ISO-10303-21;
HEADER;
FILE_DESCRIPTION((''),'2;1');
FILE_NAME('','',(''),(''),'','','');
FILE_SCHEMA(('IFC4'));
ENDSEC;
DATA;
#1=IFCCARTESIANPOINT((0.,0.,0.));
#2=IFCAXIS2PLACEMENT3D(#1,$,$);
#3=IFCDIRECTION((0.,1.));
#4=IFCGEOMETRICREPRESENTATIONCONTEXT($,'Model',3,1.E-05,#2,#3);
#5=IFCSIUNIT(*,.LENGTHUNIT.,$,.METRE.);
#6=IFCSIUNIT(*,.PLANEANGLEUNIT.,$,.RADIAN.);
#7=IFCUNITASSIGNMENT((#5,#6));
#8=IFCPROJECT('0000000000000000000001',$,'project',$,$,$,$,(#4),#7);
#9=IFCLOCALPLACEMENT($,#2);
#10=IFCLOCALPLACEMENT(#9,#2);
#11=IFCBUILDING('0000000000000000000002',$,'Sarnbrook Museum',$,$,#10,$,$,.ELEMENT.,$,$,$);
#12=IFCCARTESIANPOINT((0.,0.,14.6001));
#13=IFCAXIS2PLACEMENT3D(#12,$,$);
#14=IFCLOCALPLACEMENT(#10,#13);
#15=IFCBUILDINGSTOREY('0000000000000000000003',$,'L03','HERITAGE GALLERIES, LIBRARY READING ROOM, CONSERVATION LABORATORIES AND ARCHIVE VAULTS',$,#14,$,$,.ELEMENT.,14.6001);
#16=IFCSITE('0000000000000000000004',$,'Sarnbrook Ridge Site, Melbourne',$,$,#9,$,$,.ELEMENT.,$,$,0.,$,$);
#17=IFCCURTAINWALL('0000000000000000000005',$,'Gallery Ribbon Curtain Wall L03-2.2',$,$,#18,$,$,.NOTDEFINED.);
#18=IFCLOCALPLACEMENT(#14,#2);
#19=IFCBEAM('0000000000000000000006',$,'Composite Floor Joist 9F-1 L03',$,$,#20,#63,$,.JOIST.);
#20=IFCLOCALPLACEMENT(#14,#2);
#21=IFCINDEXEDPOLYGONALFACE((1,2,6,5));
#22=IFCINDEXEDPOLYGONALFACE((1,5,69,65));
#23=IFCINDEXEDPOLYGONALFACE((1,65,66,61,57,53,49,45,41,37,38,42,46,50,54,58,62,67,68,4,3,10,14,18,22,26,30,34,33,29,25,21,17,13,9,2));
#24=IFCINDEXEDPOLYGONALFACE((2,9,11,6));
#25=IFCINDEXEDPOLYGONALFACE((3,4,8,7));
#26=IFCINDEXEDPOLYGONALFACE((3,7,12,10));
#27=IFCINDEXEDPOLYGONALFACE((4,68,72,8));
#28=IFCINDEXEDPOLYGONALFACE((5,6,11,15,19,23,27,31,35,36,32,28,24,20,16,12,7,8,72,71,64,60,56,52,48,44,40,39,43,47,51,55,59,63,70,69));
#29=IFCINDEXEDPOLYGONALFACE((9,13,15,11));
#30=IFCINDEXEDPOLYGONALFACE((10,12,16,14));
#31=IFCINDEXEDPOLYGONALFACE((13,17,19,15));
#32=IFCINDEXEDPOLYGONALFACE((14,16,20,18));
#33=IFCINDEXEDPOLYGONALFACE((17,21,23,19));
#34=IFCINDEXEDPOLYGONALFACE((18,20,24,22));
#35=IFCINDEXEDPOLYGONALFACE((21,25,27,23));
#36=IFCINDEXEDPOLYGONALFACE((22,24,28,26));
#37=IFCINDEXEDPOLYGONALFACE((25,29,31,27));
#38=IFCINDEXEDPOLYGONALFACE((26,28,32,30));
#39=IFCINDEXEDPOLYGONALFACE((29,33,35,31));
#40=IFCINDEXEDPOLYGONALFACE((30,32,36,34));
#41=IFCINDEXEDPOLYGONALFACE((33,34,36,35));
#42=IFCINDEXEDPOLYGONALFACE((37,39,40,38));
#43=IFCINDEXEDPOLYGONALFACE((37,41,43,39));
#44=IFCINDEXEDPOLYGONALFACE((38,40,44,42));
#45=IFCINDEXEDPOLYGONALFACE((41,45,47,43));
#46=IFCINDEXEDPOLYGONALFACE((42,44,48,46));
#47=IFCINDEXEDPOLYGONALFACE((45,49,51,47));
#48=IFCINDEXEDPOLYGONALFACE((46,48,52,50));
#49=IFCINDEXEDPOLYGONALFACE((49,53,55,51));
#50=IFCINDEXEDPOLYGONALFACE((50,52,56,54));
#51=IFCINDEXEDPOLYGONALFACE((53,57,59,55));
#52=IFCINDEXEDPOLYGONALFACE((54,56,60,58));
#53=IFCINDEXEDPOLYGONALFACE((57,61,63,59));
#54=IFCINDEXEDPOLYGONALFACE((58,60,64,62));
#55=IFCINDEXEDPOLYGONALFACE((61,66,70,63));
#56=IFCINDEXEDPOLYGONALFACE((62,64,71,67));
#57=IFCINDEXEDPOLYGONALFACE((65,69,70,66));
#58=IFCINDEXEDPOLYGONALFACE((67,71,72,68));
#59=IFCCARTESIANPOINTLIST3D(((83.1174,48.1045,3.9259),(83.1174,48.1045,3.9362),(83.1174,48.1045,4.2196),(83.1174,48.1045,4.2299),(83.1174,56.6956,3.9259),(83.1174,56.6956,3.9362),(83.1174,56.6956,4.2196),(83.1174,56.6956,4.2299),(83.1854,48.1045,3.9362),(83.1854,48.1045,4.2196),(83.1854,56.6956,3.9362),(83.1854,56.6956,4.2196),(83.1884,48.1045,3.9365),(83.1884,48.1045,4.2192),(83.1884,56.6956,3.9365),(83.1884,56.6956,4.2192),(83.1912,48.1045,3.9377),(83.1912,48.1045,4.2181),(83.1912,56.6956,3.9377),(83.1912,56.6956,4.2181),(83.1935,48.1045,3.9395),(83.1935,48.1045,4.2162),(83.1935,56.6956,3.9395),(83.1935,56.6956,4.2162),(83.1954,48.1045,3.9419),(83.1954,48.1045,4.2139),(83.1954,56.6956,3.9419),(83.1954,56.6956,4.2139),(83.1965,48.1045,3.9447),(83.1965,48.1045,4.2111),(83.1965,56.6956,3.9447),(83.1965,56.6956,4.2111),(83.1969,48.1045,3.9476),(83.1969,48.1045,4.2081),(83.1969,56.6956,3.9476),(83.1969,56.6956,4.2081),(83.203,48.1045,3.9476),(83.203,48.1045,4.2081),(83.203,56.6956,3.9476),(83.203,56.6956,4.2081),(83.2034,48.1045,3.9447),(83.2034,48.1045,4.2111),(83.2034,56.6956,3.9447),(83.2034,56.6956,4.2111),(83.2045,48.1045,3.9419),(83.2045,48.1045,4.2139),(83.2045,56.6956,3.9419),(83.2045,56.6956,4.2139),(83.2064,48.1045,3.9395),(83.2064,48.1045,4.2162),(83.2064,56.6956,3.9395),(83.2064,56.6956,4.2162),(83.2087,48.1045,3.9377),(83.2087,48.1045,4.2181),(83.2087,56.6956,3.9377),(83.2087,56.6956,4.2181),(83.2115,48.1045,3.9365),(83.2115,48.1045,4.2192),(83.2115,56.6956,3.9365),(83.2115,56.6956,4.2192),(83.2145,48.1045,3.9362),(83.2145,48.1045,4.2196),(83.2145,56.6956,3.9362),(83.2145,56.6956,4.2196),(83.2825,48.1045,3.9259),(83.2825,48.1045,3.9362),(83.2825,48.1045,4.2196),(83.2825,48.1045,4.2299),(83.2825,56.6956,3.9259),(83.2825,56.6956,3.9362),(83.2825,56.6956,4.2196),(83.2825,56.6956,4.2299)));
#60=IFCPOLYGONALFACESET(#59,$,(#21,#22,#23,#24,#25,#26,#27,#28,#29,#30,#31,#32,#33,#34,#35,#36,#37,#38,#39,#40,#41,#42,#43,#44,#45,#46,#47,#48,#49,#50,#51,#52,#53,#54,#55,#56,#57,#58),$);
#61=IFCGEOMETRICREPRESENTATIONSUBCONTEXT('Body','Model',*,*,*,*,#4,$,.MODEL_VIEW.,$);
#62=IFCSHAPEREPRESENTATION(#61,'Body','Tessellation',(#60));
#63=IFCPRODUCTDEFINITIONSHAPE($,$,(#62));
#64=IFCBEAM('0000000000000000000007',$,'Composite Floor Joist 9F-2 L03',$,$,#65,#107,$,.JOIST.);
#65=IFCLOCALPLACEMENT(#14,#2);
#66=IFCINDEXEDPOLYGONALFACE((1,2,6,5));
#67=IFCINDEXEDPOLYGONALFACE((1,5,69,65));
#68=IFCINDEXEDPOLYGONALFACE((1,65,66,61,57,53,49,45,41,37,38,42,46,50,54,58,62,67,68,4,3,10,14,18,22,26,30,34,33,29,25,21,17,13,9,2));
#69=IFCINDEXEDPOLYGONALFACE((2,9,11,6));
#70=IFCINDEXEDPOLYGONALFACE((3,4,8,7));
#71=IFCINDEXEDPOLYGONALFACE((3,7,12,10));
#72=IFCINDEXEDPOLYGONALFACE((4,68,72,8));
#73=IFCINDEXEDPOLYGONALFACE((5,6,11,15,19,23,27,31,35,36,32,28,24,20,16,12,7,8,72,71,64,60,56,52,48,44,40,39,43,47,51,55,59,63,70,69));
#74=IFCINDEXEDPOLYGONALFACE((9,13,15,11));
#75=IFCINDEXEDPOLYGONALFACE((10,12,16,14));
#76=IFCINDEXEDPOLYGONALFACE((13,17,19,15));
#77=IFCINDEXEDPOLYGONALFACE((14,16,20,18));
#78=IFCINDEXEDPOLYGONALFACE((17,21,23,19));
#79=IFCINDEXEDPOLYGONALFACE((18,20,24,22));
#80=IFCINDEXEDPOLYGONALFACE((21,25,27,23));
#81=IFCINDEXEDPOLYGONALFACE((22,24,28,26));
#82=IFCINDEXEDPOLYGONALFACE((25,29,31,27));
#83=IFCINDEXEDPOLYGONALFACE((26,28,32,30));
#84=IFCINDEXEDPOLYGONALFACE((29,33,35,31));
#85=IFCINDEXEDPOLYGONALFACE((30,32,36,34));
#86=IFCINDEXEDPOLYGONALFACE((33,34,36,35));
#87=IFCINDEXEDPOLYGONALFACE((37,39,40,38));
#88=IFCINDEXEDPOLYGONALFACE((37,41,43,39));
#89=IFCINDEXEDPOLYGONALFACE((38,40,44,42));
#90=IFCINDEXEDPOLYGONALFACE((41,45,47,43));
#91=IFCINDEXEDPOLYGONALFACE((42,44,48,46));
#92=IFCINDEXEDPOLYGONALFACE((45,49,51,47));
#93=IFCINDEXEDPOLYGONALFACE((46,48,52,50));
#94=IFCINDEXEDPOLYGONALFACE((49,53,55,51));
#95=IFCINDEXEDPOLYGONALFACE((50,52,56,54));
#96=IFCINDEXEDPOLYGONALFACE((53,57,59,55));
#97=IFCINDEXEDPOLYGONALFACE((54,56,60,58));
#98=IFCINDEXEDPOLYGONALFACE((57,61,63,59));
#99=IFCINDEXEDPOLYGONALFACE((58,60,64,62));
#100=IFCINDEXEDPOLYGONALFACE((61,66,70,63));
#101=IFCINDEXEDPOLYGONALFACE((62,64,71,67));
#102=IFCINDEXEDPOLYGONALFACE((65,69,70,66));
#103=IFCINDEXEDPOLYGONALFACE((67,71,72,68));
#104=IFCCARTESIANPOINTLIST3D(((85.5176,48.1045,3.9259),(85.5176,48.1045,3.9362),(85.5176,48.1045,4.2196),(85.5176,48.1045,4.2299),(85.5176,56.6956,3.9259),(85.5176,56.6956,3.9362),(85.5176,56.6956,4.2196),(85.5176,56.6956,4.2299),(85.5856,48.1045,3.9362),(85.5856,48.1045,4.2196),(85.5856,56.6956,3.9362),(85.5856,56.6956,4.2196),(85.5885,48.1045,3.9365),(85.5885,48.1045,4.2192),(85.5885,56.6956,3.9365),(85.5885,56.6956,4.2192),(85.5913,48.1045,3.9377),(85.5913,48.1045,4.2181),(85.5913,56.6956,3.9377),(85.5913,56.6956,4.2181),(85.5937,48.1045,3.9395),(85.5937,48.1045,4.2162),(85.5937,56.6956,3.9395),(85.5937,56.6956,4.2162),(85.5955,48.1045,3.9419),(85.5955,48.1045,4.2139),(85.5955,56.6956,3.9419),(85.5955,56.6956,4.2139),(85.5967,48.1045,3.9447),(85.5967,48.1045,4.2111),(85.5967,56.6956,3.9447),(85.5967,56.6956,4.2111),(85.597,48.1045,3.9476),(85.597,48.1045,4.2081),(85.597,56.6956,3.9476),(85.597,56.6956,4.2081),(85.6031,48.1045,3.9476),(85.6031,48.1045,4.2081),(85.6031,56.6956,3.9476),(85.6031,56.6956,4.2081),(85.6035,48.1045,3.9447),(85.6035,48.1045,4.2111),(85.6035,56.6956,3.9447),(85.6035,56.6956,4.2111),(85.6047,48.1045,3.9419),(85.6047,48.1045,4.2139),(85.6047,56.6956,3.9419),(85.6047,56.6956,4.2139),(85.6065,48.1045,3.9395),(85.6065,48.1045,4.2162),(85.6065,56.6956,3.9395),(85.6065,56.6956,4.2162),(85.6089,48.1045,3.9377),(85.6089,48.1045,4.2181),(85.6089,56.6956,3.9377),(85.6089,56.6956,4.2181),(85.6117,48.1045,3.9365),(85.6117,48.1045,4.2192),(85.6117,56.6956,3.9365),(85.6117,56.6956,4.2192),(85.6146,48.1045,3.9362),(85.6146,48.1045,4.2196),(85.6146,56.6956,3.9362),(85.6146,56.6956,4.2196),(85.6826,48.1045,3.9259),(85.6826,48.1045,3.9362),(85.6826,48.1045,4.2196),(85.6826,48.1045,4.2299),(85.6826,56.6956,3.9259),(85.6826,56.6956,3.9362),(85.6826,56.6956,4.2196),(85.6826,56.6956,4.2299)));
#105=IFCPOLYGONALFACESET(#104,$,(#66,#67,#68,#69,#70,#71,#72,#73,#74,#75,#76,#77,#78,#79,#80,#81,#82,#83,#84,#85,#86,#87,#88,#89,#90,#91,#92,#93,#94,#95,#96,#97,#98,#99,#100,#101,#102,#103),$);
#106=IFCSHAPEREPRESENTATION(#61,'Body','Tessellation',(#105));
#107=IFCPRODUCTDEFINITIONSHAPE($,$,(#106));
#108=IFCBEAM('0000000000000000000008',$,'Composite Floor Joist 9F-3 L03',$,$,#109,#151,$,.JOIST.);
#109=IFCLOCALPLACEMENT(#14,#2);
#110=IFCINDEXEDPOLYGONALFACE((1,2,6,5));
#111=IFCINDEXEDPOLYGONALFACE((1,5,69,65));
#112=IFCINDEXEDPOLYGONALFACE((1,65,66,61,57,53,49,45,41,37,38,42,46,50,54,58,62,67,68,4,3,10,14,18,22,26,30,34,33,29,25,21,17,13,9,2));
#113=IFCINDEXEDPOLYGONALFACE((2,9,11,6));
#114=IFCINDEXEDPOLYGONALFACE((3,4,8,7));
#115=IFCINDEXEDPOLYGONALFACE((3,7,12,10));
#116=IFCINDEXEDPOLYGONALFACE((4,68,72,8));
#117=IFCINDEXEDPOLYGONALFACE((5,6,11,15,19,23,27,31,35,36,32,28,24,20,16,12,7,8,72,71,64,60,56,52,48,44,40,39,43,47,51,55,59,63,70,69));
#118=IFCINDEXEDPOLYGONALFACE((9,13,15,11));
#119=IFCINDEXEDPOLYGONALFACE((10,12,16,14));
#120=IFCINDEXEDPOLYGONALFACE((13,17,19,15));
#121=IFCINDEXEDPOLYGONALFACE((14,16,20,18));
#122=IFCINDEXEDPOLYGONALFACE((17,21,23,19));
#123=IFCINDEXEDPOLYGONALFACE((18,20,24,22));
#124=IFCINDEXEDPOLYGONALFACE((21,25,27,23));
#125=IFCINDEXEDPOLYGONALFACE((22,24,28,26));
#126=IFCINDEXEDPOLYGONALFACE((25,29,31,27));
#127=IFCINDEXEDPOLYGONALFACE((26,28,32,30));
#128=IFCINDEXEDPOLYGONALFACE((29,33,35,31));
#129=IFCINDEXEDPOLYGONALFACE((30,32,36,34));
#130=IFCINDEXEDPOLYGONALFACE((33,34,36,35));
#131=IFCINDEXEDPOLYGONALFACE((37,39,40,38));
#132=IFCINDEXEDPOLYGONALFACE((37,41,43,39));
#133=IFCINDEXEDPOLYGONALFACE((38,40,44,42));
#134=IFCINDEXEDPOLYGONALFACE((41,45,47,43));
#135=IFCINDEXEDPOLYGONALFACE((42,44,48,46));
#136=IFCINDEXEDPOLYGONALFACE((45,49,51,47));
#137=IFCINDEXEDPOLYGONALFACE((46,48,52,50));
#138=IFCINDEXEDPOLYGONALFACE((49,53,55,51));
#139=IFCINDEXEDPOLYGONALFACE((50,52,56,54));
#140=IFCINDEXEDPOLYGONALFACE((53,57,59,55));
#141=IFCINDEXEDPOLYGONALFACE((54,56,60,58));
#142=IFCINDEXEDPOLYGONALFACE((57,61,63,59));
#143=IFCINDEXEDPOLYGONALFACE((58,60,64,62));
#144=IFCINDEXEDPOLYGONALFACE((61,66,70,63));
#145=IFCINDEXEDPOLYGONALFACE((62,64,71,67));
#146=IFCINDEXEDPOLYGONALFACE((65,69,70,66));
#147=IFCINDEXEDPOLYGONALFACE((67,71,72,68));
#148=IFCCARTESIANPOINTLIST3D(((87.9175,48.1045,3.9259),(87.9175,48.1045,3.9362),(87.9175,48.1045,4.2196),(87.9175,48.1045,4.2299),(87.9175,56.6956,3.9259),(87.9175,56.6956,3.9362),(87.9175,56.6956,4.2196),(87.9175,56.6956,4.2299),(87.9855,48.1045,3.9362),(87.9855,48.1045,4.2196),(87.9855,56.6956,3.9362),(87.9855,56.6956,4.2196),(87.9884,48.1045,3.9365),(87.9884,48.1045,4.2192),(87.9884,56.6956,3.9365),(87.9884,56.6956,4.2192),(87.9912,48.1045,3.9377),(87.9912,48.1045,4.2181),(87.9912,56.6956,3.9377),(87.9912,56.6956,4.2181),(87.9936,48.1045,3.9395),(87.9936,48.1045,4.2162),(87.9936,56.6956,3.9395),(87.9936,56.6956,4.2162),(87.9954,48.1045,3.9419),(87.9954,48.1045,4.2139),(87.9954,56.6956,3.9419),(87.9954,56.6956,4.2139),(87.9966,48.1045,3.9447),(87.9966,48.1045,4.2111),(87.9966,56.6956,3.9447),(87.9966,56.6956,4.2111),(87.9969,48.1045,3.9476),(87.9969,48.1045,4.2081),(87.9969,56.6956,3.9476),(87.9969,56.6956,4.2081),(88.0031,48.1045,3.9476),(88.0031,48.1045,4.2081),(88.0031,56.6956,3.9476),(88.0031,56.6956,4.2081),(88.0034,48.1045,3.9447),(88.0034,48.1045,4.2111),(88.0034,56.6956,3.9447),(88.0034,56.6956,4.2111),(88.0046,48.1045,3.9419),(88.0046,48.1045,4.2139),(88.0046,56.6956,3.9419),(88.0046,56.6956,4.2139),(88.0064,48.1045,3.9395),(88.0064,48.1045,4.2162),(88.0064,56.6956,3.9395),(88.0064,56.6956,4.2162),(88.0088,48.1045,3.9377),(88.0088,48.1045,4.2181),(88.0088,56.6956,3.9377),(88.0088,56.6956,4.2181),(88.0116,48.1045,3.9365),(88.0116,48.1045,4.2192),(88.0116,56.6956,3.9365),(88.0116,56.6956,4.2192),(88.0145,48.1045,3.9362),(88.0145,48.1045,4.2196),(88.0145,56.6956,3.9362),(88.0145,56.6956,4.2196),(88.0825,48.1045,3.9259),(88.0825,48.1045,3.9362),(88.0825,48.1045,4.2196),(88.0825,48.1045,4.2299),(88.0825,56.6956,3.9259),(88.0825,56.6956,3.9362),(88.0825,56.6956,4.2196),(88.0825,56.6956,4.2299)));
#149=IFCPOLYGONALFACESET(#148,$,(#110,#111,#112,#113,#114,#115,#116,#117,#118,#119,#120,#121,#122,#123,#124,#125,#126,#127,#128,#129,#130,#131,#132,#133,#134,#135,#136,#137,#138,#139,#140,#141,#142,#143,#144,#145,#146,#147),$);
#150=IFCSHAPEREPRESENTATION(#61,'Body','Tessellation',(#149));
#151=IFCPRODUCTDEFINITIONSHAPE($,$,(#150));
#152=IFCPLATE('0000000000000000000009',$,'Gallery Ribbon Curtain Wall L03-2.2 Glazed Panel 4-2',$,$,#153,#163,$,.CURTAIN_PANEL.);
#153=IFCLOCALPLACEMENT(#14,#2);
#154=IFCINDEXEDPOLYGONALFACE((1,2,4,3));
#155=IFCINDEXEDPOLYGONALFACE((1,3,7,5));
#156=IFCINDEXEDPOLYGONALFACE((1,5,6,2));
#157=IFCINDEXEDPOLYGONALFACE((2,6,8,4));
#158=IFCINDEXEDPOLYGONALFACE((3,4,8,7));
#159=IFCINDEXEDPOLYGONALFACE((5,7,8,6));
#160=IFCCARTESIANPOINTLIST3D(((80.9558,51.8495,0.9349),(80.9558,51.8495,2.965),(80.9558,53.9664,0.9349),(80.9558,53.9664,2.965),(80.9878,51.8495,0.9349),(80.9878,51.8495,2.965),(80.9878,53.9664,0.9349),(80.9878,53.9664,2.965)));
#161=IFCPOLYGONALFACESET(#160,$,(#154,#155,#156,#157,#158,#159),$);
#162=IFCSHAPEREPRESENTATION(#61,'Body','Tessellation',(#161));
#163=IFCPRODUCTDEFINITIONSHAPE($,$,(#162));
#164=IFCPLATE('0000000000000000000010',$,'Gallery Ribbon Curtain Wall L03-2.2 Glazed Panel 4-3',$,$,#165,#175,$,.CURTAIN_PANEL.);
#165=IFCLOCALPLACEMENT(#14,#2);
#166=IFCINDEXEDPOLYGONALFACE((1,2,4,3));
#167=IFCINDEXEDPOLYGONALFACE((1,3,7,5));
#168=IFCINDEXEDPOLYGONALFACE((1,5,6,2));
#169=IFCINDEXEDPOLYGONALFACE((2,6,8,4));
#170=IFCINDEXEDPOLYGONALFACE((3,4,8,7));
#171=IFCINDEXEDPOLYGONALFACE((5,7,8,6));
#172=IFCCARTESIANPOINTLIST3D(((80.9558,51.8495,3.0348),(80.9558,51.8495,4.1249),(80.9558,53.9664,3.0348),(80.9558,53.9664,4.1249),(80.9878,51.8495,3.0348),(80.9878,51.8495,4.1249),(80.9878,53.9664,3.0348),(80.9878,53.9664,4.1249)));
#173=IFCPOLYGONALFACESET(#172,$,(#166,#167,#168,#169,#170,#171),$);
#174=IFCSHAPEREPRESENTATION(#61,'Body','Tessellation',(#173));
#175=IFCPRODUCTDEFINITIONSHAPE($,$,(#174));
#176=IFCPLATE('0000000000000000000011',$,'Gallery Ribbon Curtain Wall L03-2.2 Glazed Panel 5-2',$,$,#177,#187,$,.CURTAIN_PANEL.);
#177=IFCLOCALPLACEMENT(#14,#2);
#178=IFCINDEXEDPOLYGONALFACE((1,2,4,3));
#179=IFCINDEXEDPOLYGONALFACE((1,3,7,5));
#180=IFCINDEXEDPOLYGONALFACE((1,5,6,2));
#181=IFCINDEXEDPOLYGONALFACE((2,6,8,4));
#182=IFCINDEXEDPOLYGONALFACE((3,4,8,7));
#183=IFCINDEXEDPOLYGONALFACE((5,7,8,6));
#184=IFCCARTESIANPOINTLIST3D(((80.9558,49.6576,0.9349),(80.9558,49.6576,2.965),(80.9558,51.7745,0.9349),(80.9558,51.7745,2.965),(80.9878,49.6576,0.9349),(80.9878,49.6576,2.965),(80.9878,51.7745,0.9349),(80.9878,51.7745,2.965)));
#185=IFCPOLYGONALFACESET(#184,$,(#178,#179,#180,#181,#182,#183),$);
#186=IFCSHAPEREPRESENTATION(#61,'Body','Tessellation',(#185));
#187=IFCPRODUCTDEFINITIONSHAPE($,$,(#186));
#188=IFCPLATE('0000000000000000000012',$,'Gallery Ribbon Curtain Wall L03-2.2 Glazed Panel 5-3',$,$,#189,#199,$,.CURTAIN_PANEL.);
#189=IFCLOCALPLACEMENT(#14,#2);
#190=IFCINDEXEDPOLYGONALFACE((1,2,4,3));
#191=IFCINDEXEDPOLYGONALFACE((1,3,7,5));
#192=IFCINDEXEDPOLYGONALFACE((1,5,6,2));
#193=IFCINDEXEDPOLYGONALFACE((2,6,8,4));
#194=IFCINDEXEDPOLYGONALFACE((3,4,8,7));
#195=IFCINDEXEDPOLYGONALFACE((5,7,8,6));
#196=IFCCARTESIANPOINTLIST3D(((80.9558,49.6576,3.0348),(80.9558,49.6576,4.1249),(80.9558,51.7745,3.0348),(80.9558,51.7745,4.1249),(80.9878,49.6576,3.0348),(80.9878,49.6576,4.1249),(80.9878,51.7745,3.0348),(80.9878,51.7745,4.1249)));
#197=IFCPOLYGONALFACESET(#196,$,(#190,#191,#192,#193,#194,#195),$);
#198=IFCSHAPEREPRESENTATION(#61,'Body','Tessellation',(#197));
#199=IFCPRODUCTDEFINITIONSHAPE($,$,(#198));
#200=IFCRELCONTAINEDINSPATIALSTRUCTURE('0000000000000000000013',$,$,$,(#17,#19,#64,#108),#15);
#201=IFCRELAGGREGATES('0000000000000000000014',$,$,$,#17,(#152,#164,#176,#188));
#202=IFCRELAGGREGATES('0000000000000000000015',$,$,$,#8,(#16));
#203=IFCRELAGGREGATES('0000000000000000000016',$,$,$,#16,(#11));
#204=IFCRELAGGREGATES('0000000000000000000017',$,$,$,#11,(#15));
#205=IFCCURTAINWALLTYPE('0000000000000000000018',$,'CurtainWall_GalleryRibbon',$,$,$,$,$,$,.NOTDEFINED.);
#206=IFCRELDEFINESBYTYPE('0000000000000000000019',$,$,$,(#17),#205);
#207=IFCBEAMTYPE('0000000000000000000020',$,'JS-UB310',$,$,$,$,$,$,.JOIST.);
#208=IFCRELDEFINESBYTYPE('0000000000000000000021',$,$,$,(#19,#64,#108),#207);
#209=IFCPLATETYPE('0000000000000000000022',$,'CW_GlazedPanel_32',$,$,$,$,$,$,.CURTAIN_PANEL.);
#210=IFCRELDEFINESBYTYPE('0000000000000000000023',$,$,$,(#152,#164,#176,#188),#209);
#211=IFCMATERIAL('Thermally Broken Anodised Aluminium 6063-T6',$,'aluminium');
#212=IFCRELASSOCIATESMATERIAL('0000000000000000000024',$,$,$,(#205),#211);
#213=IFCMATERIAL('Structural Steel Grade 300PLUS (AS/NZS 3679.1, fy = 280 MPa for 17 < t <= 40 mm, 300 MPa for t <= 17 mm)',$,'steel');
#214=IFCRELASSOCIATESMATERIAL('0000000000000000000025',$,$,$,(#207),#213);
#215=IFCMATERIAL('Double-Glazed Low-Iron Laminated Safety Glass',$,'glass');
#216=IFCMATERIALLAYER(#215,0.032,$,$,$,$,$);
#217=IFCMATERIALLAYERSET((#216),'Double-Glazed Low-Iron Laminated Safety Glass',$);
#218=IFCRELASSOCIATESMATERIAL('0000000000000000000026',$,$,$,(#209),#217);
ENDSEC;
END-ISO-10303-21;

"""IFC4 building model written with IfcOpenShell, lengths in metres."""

from ifc_helpers import new_model, si_unit, direction, frame, origin, origin_2d, place, context, subcontext, project, spatial, rectangle, i_section, extrude, material, layer, layer_set, material_profile, profile_set, type_object, element, aggregate, save


model = new_model("IFC4")

# Units and contexts
model_context = context("Model", 3, precision=1e-05, world=origin(), true_north=direction((0.0, 1.0)))
body_context = subcontext(model_context, "Body", "Model", "MODEL_VIEW")
ifc_project = project(units=[si_unit("LENGTHUNIT", "METRE"), si_unit("PLANEANGLEUNIT", "RADIAN")], contexts=[model_context])

# Site, building, storey
site_placement = place(None, origin())
site = spatial("IfcSite", under=ifc_project, at=site_placement, Name="Sarnbrook Ridge Site, Melbourne", CompositionType="ELEMENT", RefElevation=0.0)
building_placement = place(site_placement, origin())
building = spatial("IfcBuilding", under=site, at=building_placement, Name="Sarnbrook Museum", CompositionType="ELEMENT")
storey_placement = place(building_placement, frame((0.0, 0.0, 14.6001)))
storey = spatial("IfcBuildingStorey", under=building, at=storey_placement, Name="L03", Description="HERITAGE GALLERIES, LIBRARY READING ROOM, CONSERVATION LABORATORIES AND ARCHIVE VAULTS", CompositionType="ELEMENT", Elevation=14.6001)

# Shared definitions
ifc_material_1 = material(Name="Structural Steel Grade 300PLUS (AS/NZS 3679.1, fy = 280 MPa for 17 < t <= 40 mm, 300 MPa for t <= 17 mm)", Category="steel")

# Curtain wall
ifc_material_2 = material(Name="Thermally Broken Anodised Aluminium 6063-T6", Category="aluminium")
curtain_wall_type = type_object("IfcCurtainWallType", Name="CurtainWall_GalleryRibbon", PredefinedType="NOTDEFINED", material=ifc_material_2)
curtain_wall_placement = place(storey_placement, origin())
curtain_wall = element("IfcCurtainWall", 1, at=curtain_wall_placement, inside=storey, type_object=curtain_wall_type, Name="Gallery Ribbon Curtain Wall L03-2.2", PredefinedType="NOTDEFINED")

# Beams
ifc_material_profile_1 = material_profile(ifc_material_1, i_section(OverallWidth=0.165, OverallDepth=0.304, WebThickness=0.0061, FlangeThickness=0.0103, FilletRadius=0.0115, at=origin_2d()), Name="310UB40.4")
ifc_profile_set_1 = profile_set([ifc_material_profile_1], Name="Structural Steel Grade 300PLUS (AS/NZS 3679.1, fy = 280 MPa for 17 < t <= 40 mm, 300 MPa for t <= 17 mm)")
beam_type_1 = type_object("IfcBeamType", Name="JS-UB310", PredefinedType="JOIST", material=ifc_profile_set_1)
for number, where, z_axis, x_axis, name in (
    (2, (83.2, 48.1045, 4.0779), (0.0, 1.0, 0.0), (-1.0, 0.0, 0.0), "Composite Floor Joist 9F-1 L03"),
    (3, (85.6001, 48.1045, 4.0779), (0.0, 1.0, 0.0), (-1.0, 0.0, 0.0), "Composite Floor Joist 9F-2 L03"),
    (4, (88.0, 48.1045, 4.0779), (0.0, 1.0, 0.0), (-1.0, 0.0, 0.0), "Composite Floor Joist 9F-3 L03"),
):
    element("IfcBeam", number, at=place(storey_placement, frame(where, z_axis=z_axis, x_axis=x_axis)), inside=storey, type_object=beam_type_1, Name=name, PredefinedType="JOIST", context=body_context, shape_type="SweptSolid", body=[
        extrude(i_section(OverallWidth=0.165, OverallDepth=0.304, WebThickness=0.0061, FlangeThickness=0.0103, FilletRadius=0.0115, at=origin_2d()), origin(), (0.0, 0.0, 1.0), 8.5911),
    ])

# Plates
ifc_material_3 = material(Name="Double-Glazed Low-Iron Laminated Safety Glass", Category="glass")
ifc_layer_1 = layer(ifc_material_3, 0.032)
ifc_layer_set_1 = layer_set([ifc_layer_1], Name="Double-Glazed Low-Iron Laminated Safety Glass")
plate_type_1 = type_object("IfcPlateType", Name="CW_GlazedPanel_32", PredefinedType="CURTAIN_PANEL", material=ifc_layer_set_1)
plate_1_placement = place(storey_placement, frame((80.9878, 52.908, 1.95), z_axis=(-1.0, 0.0, 0.0), x_axis=(0.0, -1.0, 0.0)))
plate_1 = element("IfcPlate", 5, at=plate_1_placement, type_object=plate_type_1, Name="Gallery Ribbon Curtain Wall L03-2.2 Glazed Panel 4-2", PredefinedType="CURTAIN_PANEL", context=body_context, shape_type="SweptSolid", body=[
    extrude(rectangle(XDim=2.1169, YDim=2.03, at=origin_2d()), origin(), (0.0, 0.0, 1.0), 0.032),
])
plate_2_placement = place(storey_placement, frame((80.9878, 52.908, 3.5798), z_axis=(-1.0, 0.0, 0.0), x_axis=(0.0, -1.0, 0.0)))
plate_2 = element("IfcPlate", 6, at=plate_2_placement, type_object=plate_type_1, Name="Gallery Ribbon Curtain Wall L03-2.2 Glazed Panel 4-3", PredefinedType="CURTAIN_PANEL", context=body_context, shape_type="SweptSolid", body=[
    extrude(rectangle(XDim=2.1169, YDim=1.0901, at=origin_2d()), origin(), (0.0, 0.0, 1.0), 0.032),
])
plate_3_placement = place(storey_placement, frame((80.9878, 50.7161, 1.95), z_axis=(-1.0, 0.0, 0.0), x_axis=(0.0, -1.0, 0.0)))
plate_3 = element("IfcPlate", 7, at=plate_3_placement, type_object=plate_type_1, Name="Gallery Ribbon Curtain Wall L03-2.2 Glazed Panel 5-2", PredefinedType="CURTAIN_PANEL", context=body_context, shape_type="SweptSolid", body=[
    extrude(rectangle(XDim=2.1169, YDim=2.03, at=origin_2d()), origin(), (0.0, 0.0, 1.0), 0.032),
])
plate_4_placement = place(storey_placement, frame((80.9878, 50.7161, 3.5798), z_axis=(-1.0, 0.0, 0.0), x_axis=(0.0, -1.0, 0.0)))
plate_4 = element("IfcPlate", 8, at=plate_4_placement, type_object=plate_type_1, Name="Gallery Ribbon Curtain Wall L03-2.2 Glazed Panel 5-3", PredefinedType="CURTAIN_PANEL", context=body_context, shape_type="SweptSolid", body=[
    extrude(rectangle(XDim=2.1169, YDim=1.0901, at=origin_2d()), origin(), (0.0, 0.0, 1.0), 0.032),
])
aggregate(curtain_wall, [plate_1, plate_2, plate_3, plate_4])

save(model, "model.ifc")
